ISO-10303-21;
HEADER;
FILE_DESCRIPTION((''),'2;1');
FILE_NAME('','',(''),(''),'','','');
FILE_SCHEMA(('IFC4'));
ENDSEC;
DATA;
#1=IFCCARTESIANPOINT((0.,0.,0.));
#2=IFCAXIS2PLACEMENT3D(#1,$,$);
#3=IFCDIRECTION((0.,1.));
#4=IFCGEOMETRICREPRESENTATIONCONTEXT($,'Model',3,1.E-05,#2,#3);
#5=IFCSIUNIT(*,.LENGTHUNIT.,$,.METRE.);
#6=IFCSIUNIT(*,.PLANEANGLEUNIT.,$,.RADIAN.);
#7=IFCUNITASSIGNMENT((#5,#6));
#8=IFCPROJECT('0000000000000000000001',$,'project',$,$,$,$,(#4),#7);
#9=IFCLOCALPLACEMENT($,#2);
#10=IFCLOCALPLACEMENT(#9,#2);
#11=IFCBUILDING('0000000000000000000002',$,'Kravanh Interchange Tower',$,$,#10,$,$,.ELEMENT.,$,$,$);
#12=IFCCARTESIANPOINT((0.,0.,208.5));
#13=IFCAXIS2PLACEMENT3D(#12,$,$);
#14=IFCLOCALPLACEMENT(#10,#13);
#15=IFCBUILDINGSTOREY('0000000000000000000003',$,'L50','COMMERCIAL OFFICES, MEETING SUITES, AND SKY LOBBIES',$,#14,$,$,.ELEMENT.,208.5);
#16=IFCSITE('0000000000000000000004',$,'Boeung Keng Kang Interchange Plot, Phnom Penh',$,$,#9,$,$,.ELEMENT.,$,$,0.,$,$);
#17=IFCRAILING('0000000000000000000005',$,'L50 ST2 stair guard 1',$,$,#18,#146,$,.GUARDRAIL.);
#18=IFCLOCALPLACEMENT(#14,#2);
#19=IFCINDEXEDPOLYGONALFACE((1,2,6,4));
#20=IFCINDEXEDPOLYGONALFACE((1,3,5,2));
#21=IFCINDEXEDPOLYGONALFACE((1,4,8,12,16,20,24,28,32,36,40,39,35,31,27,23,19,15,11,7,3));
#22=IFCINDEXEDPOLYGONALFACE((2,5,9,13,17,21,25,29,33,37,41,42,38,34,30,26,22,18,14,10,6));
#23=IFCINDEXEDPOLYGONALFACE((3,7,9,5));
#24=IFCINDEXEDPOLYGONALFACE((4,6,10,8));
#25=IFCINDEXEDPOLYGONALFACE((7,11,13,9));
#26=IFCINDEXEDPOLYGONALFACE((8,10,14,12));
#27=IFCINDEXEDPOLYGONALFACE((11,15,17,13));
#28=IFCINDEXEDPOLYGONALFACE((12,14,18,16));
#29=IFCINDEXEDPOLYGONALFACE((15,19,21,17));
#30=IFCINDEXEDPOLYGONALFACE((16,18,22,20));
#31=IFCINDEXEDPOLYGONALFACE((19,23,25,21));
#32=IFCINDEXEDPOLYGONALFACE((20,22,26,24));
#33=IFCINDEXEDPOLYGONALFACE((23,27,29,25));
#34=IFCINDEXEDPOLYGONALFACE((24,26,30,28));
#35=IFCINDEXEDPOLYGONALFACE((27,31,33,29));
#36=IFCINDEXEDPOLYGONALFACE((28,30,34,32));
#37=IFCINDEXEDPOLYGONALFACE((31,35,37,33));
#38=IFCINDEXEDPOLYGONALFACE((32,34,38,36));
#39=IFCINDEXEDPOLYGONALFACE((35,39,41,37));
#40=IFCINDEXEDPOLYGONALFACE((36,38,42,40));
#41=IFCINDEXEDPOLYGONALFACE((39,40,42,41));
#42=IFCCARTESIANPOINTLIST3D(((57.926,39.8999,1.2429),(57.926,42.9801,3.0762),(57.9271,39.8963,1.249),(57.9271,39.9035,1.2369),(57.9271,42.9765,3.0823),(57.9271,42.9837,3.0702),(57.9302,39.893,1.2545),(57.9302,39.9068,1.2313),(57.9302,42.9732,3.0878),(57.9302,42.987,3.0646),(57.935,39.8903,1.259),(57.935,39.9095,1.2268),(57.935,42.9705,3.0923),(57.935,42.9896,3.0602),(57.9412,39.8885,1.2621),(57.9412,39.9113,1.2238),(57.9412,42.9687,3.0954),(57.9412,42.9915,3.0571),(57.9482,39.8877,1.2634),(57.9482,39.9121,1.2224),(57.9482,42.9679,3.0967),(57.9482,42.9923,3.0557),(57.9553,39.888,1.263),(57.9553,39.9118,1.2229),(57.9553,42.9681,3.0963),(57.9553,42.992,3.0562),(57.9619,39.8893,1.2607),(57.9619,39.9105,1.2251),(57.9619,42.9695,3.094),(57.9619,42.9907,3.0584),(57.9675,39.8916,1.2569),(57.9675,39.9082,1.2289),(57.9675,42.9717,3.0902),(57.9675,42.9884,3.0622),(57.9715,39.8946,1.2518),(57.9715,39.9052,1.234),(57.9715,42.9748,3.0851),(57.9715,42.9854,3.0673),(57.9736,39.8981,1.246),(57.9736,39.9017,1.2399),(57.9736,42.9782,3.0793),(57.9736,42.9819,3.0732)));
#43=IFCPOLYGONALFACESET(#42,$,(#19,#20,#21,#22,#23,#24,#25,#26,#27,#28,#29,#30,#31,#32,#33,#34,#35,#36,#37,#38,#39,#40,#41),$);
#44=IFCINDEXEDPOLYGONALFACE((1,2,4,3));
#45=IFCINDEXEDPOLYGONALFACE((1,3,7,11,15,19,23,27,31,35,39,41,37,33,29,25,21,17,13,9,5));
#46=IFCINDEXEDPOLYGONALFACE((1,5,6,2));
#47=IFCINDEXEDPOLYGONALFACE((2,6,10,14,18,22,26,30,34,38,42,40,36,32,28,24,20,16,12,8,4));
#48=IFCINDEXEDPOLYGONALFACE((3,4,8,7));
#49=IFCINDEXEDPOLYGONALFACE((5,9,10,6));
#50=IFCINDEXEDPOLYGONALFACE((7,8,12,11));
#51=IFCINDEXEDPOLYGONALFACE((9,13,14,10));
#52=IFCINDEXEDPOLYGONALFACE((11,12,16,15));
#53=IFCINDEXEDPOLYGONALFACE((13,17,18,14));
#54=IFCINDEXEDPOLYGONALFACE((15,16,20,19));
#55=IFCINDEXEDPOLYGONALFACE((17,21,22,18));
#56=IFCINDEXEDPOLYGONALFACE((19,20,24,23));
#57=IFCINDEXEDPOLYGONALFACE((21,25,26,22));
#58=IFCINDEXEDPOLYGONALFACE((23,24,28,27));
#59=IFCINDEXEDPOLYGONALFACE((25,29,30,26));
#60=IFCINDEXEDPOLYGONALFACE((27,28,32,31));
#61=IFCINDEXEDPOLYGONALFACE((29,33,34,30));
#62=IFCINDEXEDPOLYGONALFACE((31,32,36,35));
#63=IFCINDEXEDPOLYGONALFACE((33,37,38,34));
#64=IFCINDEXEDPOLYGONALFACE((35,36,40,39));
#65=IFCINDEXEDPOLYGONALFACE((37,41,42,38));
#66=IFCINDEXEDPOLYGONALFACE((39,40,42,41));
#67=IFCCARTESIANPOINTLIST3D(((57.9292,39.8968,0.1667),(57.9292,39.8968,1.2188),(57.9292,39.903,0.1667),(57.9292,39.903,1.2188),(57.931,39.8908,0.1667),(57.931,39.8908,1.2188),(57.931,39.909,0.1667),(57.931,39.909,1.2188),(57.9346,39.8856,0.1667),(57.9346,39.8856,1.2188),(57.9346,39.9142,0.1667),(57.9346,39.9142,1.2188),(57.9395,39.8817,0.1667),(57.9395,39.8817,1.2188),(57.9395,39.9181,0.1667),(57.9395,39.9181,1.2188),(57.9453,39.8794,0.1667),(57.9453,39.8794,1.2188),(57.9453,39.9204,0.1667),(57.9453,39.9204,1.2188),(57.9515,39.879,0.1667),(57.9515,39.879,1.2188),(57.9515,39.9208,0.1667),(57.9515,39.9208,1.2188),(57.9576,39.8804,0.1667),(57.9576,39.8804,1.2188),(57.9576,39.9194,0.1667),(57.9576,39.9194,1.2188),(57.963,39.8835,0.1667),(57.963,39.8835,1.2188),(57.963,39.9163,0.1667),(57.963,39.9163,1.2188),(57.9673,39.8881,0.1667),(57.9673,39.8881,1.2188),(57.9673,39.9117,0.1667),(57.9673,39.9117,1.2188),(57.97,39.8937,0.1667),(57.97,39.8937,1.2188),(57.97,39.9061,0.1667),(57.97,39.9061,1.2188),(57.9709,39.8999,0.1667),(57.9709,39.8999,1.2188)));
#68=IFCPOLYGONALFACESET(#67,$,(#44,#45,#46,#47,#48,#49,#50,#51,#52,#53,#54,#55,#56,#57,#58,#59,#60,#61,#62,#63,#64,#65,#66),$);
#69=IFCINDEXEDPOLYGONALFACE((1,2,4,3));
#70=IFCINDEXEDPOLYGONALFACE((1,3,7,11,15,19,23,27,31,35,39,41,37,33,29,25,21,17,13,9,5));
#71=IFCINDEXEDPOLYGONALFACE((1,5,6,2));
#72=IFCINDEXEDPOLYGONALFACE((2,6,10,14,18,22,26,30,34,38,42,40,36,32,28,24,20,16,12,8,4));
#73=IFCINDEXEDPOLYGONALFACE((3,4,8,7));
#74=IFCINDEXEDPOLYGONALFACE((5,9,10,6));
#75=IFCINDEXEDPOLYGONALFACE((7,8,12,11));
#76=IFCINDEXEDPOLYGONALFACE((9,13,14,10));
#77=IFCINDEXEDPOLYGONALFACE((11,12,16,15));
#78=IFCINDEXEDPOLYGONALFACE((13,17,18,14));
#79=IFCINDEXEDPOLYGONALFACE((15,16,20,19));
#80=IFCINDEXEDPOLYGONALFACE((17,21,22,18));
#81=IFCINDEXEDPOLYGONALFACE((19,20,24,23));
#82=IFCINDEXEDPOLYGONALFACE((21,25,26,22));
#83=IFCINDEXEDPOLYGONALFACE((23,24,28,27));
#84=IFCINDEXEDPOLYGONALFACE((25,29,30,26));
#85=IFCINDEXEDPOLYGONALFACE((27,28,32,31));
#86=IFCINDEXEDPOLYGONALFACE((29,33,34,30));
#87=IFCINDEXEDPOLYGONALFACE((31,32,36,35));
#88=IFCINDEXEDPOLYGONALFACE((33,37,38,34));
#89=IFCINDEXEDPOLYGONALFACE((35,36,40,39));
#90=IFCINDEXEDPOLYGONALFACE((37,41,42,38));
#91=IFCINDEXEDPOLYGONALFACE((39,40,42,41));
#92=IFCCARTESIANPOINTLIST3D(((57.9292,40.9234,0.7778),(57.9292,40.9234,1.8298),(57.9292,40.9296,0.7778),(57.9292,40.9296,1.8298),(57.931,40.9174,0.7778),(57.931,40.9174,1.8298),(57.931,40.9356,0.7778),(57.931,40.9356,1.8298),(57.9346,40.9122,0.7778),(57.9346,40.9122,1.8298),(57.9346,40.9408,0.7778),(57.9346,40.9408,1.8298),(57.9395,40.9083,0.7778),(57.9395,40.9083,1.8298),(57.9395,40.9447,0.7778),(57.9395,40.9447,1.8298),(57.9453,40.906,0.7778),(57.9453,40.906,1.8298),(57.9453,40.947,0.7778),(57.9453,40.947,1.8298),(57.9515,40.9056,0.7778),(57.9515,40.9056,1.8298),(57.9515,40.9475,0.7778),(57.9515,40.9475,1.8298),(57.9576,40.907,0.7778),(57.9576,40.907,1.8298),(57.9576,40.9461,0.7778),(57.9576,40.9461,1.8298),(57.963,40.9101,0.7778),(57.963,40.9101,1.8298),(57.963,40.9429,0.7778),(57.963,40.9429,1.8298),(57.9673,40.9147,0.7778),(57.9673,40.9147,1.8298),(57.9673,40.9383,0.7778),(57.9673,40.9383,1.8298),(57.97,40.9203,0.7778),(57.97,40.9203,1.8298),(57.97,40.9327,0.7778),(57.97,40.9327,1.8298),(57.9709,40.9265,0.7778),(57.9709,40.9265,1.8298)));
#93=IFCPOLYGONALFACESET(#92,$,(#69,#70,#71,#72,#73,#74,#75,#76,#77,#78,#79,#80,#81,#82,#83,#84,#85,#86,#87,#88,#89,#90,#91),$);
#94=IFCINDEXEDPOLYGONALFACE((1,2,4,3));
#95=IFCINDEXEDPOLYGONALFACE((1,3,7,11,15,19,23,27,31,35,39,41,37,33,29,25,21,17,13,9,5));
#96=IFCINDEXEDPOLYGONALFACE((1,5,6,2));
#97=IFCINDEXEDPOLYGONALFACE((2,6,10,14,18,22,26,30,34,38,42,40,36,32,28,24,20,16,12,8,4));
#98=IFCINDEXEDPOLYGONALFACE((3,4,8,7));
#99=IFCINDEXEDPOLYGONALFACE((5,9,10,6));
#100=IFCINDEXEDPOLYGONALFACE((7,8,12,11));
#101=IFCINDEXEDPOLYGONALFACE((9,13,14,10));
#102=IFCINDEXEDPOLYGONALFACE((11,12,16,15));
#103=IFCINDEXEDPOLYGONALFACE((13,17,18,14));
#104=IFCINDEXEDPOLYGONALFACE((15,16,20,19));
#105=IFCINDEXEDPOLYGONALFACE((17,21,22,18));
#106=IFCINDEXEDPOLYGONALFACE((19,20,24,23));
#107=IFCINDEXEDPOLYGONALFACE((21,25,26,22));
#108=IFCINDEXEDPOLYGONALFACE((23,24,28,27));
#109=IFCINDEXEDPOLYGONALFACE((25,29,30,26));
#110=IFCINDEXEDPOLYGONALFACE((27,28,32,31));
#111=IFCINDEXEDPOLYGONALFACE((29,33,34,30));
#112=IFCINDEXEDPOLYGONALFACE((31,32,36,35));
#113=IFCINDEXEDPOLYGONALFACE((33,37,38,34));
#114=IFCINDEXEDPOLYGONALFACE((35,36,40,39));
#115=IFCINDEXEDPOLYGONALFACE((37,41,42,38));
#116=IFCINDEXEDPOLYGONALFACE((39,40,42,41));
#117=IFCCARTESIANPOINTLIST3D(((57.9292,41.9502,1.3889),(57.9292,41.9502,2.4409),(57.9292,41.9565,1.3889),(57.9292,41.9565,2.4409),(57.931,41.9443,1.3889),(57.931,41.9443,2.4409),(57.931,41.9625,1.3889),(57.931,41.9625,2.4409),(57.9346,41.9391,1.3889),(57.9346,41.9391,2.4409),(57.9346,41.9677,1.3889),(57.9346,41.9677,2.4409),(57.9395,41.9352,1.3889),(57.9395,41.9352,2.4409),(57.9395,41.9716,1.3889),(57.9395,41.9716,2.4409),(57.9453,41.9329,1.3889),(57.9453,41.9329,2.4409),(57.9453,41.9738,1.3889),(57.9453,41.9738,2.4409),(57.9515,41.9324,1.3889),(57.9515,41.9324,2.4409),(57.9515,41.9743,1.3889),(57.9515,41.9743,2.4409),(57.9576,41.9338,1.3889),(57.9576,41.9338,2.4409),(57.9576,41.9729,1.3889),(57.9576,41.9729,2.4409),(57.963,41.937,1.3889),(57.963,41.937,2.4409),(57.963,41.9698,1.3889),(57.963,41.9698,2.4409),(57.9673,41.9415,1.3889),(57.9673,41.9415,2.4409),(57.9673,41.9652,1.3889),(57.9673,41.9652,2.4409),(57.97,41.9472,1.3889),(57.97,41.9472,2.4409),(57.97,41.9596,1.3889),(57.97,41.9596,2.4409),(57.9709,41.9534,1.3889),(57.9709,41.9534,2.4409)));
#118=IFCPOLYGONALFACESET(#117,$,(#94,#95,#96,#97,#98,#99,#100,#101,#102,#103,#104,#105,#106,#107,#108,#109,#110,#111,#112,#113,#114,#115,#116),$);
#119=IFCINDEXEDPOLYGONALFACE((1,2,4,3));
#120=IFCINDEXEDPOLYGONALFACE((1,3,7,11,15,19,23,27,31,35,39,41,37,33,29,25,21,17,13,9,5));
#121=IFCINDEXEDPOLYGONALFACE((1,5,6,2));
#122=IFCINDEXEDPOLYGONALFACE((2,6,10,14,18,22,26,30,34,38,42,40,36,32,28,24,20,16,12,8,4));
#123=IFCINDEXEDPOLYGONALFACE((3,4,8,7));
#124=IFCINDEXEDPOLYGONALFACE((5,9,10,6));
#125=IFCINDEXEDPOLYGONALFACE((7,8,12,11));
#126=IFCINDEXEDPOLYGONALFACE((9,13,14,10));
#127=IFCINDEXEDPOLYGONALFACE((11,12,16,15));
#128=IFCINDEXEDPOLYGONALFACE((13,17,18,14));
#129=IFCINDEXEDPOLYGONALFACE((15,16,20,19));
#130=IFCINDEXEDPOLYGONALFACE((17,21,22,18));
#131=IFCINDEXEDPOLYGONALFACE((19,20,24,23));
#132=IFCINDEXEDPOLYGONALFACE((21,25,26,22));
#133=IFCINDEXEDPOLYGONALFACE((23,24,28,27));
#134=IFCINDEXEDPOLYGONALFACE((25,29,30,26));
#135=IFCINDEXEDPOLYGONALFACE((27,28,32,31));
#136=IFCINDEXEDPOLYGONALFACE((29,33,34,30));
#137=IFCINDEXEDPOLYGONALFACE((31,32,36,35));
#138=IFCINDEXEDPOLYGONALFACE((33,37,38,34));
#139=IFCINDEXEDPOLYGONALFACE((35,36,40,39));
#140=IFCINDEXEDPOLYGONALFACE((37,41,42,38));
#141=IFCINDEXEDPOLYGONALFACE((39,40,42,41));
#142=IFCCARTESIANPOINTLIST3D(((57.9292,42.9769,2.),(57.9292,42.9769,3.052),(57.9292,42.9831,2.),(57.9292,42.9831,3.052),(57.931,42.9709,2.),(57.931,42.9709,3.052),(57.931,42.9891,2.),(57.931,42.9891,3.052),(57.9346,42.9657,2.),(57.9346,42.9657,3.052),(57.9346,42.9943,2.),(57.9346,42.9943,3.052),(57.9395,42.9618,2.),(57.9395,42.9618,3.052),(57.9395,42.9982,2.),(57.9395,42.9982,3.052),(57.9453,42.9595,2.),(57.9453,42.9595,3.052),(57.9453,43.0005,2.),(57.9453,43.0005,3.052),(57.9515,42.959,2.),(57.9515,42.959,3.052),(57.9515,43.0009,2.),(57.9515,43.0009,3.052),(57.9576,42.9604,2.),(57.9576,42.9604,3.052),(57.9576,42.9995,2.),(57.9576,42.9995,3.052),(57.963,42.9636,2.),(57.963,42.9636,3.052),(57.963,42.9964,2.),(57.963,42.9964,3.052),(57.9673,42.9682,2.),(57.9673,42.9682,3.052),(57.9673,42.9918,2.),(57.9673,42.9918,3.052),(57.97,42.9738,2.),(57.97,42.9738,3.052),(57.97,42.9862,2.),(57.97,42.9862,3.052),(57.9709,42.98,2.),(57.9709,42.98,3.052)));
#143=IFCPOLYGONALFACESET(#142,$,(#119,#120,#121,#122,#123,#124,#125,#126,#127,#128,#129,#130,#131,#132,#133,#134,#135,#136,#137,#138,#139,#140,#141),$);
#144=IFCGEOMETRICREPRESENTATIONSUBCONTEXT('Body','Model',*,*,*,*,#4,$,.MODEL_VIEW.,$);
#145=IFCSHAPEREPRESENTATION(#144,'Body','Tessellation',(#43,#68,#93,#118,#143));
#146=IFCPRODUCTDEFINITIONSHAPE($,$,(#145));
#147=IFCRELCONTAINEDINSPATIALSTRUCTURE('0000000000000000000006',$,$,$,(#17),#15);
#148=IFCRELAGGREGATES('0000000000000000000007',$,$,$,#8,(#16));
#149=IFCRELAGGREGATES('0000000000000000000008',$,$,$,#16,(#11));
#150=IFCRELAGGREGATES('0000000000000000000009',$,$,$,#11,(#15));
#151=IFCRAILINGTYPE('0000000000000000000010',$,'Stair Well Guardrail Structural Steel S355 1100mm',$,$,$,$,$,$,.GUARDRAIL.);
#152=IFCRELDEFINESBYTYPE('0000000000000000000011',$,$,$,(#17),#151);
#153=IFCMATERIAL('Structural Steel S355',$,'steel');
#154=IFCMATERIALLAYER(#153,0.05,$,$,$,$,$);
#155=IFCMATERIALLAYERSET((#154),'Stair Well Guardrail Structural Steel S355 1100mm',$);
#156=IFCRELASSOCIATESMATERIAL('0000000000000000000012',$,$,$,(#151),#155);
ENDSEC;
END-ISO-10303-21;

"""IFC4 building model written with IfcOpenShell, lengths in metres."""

from ifc_helpers import new_model, si_unit, direction, frame, origin, origin_2d, place, context, subcontext, project, spatial, circle, extrude, material, layer, layer_set, type_object, element, save


model = new_model("IFC4")

# Units and contexts
model_context = context("Model", 3, precision=1e-05, world=origin(), true_north=direction((0.0, 1.0)))
body_context = subcontext(model_context, "Body", "Model", "MODEL_VIEW")
ifc_project = project(units=[si_unit("LENGTHUNIT", "METRE"), si_unit("PLANEANGLEUNIT", "RADIAN")], contexts=[model_context])

# Site, building, storey
site_placement = place(None, origin())
site = spatial("IfcSite", under=ifc_project, at=site_placement, Name="Boeung Keng Kang Interchange Plot, Phnom Penh", CompositionType="ELEMENT", RefElevation=0.0)
building_placement = place(site_placement, origin())
building = spatial("IfcBuilding", under=site, at=building_placement, Name="Kravanh Interchange Tower", CompositionType="ELEMENT")
storey_placement = place(building_placement, frame((0.0, 0.0, 208.5)))
storey = spatial("IfcBuildingStorey", under=building, at=storey_placement, Name="L50", Description="COMMERCIAL OFFICES, MEETING SUITES, AND SKY LOBBIES", CompositionType="ELEMENT", Elevation=208.5)

# Railing
ifc_material_1 = material(Name="Structural Steel S355", Category="steel")
ifc_layer_1 = layer(ifc_material_1, 0.05)
ifc_layer_set_1 = layer_set([ifc_layer_1], Name="Stair Well Guardrail Structural Steel S355 1100mm")
railing_type_1 = type_object("IfcRailingType", Name="Stair Well Guardrail Structural Steel S355 1100mm", PredefinedType="GUARDRAIL", material=ifc_layer_set_1)
railing_1_placement = place(storey_placement, frame((57.95, 39.8999, 0.1667)))
element("IfcRailing", 1, at=railing_1_placement, inside=storey, type_object=railing_type_1, Name="L50 ST2 stair guard 1", PredefinedType="GUARDRAIL", context=body_context, shape_type="SweptSolid", body=[
    extrude(circle(Radius=0.0239, at=origin_2d()), frame((0.0, 0.0, 1.0762), z_axis=(0.0, 0.859309, 0.511458), x_axis=(-1.0, 0.0, 0.0)), (0.0, 0.0, 1.0), 3.5845),
    extrude(circle(Radius=0.021, at=origin_2d()), origin(), (0.0, 0.0, 1.0), 1.052),
    extrude(circle(Radius=0.021, at=origin_2d()), frame((0.0, 1.0266, 0.6111)), (0.0, 0.0, 1.0), 1.052),
    extrude(circle(Radius=0.021, at=origin_2d()), frame((0.0, 2.0535, 1.2222)), (0.0, 0.0, 1.0), 1.052),
    extrude(circle(Radius=0.021, at=origin_2d()), frame((0.0, 3.0801, 1.8333)), (0.0, 0.0, 1.0), 1.052),
])

save(model, "model.ifc")
